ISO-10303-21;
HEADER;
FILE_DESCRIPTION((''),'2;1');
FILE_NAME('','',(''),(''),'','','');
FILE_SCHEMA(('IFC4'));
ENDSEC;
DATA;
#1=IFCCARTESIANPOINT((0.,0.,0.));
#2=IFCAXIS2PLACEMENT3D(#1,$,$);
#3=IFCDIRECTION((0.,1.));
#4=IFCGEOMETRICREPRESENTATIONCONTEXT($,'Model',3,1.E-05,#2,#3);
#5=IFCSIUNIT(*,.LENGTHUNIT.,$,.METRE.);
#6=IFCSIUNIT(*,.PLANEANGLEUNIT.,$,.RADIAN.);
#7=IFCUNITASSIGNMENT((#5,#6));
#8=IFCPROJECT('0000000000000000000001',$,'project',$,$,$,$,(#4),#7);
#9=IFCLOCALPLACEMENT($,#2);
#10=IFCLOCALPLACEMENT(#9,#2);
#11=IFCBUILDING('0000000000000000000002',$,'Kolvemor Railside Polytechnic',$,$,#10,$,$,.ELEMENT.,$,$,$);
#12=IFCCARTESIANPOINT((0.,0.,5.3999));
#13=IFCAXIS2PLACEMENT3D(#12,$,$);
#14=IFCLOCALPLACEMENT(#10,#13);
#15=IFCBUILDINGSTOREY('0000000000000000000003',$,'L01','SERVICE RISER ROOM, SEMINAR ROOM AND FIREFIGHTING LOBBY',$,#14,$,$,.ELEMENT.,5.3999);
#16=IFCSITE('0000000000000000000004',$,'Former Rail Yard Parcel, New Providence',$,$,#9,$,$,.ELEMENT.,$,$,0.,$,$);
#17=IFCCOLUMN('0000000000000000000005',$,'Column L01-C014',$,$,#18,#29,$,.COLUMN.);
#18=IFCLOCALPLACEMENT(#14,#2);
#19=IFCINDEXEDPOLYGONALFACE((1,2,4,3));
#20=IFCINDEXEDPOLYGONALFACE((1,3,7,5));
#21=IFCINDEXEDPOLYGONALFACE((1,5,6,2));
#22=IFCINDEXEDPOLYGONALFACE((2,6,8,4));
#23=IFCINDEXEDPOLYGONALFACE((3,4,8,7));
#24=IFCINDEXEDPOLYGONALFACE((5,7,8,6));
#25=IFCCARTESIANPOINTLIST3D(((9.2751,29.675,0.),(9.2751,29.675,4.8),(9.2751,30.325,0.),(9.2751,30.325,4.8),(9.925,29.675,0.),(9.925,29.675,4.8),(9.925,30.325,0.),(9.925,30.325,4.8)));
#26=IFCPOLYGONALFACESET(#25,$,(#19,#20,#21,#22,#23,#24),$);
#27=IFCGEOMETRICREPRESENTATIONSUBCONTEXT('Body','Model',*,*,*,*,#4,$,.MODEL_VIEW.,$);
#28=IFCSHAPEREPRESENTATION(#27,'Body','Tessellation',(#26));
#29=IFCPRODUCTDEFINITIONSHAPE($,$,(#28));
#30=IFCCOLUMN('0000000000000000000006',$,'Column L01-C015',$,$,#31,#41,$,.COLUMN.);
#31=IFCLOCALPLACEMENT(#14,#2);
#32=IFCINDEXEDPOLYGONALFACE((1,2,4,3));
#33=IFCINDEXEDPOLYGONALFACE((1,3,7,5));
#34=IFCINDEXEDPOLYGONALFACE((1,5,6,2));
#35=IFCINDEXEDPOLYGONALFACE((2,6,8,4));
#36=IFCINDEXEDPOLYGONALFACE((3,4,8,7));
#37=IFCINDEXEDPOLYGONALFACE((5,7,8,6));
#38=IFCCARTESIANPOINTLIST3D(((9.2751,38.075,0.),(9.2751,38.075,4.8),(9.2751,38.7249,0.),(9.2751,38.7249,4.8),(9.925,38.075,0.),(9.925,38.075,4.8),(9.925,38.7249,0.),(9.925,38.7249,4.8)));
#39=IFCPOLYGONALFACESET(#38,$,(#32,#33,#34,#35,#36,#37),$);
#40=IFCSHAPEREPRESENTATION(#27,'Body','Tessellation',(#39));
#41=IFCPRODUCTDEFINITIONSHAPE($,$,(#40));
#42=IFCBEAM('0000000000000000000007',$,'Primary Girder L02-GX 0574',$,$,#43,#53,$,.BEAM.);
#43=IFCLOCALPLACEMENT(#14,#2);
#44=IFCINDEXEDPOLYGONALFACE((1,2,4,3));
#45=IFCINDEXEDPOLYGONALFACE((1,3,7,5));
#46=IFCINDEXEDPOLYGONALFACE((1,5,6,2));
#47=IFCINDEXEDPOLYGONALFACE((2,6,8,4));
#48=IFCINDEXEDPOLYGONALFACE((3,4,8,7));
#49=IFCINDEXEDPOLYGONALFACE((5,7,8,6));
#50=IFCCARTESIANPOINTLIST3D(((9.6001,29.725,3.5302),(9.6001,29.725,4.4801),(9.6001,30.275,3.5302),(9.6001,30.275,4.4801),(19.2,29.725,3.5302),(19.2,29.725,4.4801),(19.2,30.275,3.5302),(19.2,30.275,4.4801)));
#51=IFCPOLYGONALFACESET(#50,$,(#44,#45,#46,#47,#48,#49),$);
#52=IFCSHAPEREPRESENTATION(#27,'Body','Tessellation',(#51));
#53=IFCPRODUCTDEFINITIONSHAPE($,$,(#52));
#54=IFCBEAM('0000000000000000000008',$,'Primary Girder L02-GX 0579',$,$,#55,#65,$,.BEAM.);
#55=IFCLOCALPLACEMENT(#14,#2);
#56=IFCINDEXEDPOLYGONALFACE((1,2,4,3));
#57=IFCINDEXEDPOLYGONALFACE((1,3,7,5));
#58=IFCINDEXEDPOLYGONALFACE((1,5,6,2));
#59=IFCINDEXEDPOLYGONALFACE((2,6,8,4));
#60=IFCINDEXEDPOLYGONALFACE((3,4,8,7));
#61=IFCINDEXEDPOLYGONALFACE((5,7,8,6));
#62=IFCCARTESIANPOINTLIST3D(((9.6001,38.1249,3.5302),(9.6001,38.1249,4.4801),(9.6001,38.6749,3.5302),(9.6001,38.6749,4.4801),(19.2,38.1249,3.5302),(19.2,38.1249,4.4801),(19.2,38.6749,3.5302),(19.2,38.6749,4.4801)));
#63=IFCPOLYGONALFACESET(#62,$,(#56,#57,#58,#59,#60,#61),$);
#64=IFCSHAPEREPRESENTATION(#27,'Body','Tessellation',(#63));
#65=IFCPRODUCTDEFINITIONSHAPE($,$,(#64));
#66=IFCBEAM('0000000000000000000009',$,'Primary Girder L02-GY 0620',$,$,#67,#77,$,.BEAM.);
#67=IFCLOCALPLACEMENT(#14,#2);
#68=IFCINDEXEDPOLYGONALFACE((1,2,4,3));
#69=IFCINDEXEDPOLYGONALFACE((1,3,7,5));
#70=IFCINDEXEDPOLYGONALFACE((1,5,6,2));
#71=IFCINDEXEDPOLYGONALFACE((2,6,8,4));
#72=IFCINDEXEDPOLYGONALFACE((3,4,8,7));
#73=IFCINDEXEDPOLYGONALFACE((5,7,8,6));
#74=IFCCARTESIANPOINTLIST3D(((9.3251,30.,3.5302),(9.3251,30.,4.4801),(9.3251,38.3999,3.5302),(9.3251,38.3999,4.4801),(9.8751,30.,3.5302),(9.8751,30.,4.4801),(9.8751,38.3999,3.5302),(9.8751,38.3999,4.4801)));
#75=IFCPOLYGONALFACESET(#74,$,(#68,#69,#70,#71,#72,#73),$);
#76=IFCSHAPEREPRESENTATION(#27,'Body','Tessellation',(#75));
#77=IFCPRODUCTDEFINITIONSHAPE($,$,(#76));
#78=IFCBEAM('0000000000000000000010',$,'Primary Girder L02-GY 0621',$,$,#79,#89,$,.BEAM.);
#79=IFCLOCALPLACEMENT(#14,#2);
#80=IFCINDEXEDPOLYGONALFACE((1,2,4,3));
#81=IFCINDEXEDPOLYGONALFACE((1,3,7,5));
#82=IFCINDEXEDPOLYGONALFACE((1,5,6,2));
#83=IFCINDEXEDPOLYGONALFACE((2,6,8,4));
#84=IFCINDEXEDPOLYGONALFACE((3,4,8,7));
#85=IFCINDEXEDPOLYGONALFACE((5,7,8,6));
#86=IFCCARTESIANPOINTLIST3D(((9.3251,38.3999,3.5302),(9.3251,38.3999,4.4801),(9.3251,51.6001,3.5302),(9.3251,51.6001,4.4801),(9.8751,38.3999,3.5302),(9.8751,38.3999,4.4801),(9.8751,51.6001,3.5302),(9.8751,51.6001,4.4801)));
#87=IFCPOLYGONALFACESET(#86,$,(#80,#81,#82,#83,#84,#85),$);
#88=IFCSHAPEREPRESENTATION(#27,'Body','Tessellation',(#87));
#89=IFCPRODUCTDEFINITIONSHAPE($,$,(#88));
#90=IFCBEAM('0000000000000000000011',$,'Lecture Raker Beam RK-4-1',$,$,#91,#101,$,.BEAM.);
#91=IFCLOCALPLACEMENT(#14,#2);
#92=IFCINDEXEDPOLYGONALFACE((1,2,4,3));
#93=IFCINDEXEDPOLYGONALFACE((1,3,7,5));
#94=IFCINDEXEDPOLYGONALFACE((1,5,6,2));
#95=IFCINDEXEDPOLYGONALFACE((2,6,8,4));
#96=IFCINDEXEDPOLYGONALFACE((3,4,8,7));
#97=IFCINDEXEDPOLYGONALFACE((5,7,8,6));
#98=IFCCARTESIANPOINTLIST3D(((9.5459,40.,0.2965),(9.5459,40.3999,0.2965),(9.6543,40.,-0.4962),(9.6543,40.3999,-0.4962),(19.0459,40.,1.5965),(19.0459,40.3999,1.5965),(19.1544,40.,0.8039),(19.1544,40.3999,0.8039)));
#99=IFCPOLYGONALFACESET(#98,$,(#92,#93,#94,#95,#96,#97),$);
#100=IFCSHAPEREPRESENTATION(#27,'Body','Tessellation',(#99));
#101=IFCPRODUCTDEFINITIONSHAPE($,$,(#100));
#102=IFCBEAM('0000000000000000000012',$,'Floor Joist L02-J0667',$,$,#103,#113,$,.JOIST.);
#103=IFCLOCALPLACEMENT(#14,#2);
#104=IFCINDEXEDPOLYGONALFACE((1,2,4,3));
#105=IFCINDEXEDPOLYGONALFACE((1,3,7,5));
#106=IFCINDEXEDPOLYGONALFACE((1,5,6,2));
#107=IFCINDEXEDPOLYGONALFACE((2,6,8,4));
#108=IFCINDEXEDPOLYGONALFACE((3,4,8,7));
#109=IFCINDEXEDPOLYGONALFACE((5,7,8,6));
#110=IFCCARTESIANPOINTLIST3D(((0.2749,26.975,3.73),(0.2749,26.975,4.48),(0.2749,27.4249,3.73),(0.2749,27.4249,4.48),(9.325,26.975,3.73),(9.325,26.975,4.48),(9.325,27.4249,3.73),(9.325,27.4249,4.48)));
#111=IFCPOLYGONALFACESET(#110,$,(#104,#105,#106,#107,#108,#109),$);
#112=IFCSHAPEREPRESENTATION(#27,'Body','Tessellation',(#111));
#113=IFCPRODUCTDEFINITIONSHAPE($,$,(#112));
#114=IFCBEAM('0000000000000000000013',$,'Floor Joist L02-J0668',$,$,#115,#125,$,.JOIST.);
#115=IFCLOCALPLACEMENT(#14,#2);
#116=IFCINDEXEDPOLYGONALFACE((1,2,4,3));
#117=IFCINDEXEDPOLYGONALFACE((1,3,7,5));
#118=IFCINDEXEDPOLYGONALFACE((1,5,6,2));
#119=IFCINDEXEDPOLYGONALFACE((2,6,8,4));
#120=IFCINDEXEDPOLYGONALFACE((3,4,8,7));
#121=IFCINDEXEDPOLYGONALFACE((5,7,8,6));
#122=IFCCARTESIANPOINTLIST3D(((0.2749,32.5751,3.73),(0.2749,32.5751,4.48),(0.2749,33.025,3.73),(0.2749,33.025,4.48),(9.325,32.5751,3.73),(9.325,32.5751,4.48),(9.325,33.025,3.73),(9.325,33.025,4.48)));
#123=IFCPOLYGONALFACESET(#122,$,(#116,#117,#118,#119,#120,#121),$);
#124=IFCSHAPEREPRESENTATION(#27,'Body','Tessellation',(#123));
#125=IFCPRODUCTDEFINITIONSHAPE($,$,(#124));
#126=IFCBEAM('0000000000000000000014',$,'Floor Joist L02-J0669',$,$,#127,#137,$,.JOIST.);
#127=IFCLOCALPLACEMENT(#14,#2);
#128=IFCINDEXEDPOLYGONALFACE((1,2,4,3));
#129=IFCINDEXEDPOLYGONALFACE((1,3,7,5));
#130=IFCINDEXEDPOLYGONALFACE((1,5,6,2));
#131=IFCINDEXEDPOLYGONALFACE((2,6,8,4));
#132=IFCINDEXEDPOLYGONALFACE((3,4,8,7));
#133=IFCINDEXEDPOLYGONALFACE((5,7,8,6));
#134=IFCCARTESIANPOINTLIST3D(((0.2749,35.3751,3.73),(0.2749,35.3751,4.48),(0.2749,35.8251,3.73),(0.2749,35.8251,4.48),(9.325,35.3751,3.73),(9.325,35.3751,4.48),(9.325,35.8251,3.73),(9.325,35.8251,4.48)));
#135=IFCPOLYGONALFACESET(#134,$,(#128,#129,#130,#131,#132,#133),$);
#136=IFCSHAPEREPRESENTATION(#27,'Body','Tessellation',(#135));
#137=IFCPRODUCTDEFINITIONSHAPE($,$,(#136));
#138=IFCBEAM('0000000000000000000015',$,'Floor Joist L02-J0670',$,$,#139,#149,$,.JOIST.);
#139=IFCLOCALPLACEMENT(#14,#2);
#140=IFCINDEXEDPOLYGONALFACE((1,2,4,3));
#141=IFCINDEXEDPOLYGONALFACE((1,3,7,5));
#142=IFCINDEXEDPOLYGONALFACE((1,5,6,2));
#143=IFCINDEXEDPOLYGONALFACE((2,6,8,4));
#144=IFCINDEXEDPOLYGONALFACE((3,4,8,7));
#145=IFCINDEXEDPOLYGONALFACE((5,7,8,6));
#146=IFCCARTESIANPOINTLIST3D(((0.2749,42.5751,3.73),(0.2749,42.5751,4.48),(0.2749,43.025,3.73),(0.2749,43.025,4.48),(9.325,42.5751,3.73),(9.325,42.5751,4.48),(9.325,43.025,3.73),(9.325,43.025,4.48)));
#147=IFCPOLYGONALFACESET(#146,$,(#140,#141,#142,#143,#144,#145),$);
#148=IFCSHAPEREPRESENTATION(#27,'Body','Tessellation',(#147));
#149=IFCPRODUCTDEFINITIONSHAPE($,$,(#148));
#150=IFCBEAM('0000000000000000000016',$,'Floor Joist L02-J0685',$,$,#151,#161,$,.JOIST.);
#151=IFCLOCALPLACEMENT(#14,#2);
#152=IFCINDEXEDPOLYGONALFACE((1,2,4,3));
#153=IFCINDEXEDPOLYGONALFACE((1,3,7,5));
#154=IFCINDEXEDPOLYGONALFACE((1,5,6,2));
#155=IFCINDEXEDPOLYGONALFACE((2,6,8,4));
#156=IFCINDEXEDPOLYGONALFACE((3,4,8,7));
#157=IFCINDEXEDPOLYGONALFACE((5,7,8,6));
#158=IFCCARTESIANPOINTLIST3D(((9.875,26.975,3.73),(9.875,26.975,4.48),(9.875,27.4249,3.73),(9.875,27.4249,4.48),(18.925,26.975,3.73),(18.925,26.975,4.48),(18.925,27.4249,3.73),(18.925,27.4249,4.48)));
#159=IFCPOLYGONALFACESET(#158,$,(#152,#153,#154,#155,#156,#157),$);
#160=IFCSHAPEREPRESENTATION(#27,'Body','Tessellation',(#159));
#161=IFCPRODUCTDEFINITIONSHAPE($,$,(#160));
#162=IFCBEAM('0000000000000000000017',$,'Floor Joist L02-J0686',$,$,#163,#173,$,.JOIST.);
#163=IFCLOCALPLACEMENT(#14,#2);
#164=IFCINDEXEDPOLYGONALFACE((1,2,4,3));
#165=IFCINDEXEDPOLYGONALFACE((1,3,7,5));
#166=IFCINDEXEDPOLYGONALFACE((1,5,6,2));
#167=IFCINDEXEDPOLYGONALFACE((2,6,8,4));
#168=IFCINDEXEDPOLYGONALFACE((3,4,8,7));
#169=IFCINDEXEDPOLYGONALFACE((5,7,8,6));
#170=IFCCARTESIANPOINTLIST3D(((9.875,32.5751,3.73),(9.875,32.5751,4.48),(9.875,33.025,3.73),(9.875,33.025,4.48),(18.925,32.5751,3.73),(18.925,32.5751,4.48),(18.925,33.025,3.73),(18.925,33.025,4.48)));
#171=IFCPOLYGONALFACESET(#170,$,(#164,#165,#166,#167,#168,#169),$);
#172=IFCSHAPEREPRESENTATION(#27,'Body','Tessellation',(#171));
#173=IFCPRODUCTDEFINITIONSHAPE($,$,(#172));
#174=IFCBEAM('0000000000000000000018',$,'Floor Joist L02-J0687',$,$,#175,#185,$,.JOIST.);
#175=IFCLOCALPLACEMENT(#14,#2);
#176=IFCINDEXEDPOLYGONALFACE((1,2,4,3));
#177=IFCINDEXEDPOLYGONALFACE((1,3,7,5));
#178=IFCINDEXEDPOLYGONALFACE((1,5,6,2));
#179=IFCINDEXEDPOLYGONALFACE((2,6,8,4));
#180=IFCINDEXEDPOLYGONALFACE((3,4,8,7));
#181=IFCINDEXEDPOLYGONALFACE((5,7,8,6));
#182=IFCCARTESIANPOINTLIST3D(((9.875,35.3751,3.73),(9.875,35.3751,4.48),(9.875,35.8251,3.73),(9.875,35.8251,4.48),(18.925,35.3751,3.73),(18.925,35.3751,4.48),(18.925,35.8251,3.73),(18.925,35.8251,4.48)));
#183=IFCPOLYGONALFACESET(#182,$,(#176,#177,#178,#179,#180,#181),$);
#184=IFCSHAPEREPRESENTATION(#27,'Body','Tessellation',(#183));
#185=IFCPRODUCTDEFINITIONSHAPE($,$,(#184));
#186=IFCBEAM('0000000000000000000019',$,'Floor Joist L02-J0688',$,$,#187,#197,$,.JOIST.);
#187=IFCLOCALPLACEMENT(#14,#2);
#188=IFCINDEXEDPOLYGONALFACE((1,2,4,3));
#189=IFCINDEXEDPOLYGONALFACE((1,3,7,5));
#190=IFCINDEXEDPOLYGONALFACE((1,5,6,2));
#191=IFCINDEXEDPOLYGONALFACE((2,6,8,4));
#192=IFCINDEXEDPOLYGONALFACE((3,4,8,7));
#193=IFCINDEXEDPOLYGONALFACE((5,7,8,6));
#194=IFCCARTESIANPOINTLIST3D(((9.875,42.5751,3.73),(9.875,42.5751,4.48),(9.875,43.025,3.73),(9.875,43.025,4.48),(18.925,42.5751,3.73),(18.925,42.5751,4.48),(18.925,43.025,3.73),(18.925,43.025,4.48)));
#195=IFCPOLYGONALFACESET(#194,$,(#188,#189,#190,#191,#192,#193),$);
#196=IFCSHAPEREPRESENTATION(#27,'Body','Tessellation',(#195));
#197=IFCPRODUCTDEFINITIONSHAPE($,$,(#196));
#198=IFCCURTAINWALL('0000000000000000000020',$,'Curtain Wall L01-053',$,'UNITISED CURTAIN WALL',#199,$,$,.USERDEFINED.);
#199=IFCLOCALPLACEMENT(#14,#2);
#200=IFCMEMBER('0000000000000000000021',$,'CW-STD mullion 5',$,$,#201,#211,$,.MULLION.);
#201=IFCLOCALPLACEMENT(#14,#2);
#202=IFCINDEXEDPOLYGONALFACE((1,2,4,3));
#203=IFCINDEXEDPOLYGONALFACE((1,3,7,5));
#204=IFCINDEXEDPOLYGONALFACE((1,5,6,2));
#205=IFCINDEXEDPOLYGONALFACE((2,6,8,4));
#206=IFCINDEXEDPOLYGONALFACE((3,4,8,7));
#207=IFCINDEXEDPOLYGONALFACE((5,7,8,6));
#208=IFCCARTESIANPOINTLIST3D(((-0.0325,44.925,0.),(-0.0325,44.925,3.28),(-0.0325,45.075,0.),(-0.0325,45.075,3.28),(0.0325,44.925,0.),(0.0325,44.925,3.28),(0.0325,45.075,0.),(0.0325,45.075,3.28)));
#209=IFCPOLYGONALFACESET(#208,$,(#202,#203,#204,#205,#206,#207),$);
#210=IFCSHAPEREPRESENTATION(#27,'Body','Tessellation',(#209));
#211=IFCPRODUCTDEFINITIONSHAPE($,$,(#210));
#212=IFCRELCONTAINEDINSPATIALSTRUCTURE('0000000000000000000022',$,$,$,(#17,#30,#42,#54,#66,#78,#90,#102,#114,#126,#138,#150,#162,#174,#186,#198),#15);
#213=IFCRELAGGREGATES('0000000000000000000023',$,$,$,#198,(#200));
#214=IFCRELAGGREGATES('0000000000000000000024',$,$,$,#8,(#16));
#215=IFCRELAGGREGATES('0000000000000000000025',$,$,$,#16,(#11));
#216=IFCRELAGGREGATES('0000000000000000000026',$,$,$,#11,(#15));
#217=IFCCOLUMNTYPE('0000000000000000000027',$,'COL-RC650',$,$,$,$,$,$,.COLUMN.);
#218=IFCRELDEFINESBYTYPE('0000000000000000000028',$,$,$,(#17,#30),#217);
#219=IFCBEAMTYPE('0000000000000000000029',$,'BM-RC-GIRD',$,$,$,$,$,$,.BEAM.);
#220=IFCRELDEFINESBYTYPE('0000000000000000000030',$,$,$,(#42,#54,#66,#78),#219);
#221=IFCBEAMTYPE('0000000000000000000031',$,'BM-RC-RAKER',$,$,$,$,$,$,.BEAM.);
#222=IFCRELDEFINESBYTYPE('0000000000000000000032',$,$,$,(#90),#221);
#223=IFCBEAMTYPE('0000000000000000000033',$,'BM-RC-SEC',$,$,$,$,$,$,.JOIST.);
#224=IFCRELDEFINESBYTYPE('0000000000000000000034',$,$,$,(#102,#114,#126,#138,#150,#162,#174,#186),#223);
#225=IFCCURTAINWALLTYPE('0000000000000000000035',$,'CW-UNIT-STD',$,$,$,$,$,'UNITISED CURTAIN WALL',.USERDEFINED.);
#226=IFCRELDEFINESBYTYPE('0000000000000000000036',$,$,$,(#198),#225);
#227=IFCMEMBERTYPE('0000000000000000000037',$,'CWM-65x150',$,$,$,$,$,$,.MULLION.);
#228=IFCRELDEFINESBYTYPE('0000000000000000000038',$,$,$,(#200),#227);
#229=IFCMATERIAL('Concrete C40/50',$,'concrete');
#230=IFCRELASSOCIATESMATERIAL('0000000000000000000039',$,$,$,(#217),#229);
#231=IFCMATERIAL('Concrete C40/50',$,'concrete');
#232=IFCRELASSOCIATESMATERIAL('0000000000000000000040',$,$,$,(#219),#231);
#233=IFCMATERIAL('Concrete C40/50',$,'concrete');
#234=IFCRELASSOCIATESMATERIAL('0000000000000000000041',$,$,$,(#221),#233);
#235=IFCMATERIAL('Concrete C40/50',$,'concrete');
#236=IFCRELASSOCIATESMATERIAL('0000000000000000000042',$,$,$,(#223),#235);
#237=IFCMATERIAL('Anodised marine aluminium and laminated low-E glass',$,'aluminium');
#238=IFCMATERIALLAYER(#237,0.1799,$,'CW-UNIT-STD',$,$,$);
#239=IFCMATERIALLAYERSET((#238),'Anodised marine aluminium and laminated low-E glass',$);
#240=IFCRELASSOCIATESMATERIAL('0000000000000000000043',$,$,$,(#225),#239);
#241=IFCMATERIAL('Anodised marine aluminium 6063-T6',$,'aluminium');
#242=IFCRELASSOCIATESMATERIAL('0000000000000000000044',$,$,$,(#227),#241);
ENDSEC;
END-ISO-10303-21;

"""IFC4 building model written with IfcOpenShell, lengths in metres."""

from ifc_helpers import new_model, si_unit, direction, frame, origin, origin_2d, place, context, subcontext, project, spatial, rectangle, extrude, material, layer, layer_set, material_profile, profile_set, type_object, element, aggregate, save


model = new_model("IFC4")

# Units and contexts
model_context = context("Model", 3, precision=1e-05, world=origin(), true_north=direction((0.0, 1.0)))
body_context = subcontext(model_context, "Body", "Model", "MODEL_VIEW")
ifc_project = project(units=[si_unit("LENGTHUNIT", "METRE"), si_unit("PLANEANGLEUNIT", "RADIAN")], contexts=[model_context])

# Site, building, storey
site_placement = place(None, origin())
site = spatial("IfcSite", under=ifc_project, at=site_placement, Name="Former Rail Yard Parcel, New Providence", CompositionType="ELEMENT", RefElevation=0.0)
building_placement = place(site_placement, origin())
building = spatial("IfcBuilding", under=site, at=building_placement, Name="Kolvemor Railside Polytechnic", CompositionType="ELEMENT")
storey_placement = place(building_placement, frame((0.0, 0.0, 5.3999)))
storey = spatial("IfcBuildingStorey", under=building, at=storey_placement, Name="L01", Description="SERVICE RISER ROOM, SEMINAR ROOM AND FIREFIGHTING LOBBY", CompositionType="ELEMENT", Elevation=5.3999)

# Columns
ifc_material_1 = material(Name="Concrete C40/50", Category="concrete")
ifc_material_profile_1 = material_profile(ifc_material_1, rectangle(XDim=0.6499, YDim=0.6499, at=origin_2d()), Name="RC650x650")
ifc_profile_set_1 = profile_set([ifc_material_profile_1], Name="Concrete C40/50")
column_type = type_object("IfcColumnType", Name="COL-RC650", PredefinedType="COLUMN", material=ifc_profile_set_1)
for number, where, z_axis, x_axis, name in (
    (1, (9.6001, 30.0, 0.0), (0.0, 0.0, 1.0), (1.0, 0.0, 0.0), "Column L01-C014"),
    (2, (9.6001, 38.3999, 0.0), (0.0, 0.0, 1.0), (1.0, 0.0, 0.0), "Column L01-C015"),
):
    element("IfcColumn", number, at=place(storey_placement, frame(where, z_axis=z_axis, x_axis=x_axis)), inside=storey, type_object=column_type, Name=name, PredefinedType="COLUMN", context=body_context, shape_type="SweptSolid", body=[
        extrude(rectangle(XDim=0.6499, YDim=0.6499, at=origin_2d()), origin(), (0.0, 0.0, 1.0), 4.8),
    ])

# Beams
ifc_material_2 = material(Name="Concrete C40/50", Category="concrete")
ifc_material_profile_2 = material_profile(ifc_material_2, rectangle(XDim=0.55, YDim=0.95, at=origin_2d()), Name="RC550x950")
ifc_profile_set_2 = profile_set([ifc_material_profile_2], Name="Concrete C40/50")
beam_type_1 = type_object("IfcBeamType", Name="BM-RC-GIRD", PredefinedType="BEAM", material=ifc_profile_set_2)
for number, where, z_axis, x_axis, name in (
    (3, (9.6001, 30.0, 4.0051), (1.0, 0.0, 0.0), (0.0, 1.0, 0.0), "Primary Girder L02-GX 0574"),
    (4, (9.6001, 38.3999, 4.0051), (1.0, 0.0, 0.0), (0.0, 1.0, 0.0), "Primary Girder L02-GX 0579"),
):
    element("IfcBeam", number, at=place(storey_placement, frame(where, z_axis=z_axis, x_axis=x_axis)), inside=storey, type_object=beam_type_1, Name=name, PredefinedType="BEAM", context=body_context, shape_type="SweptSolid", body=[
        extrude(rectangle(XDim=0.55, YDim=0.95, at=origin_2d()), origin(), (0.0, 0.0, 1.0), 9.5999),
    ])
beam_1_placement = place(storey_placement, frame((9.6001, 30.0, 4.0051), z_axis=(0.0, 1.0, 0.0), x_axis=(-1.0, 0.0, 0.0)))
element("IfcBeam", 5, at=beam_1_placement, inside=storey, type_object=beam_type_1, Name="Primary Girder L02-GY 0620", PredefinedType="BEAM", context=body_context, shape_type="SweptSolid", body=[
    extrude(rectangle(XDim=0.55, YDim=0.95, at=origin_2d()), origin(), (0.0, 0.0, 1.0), 8.3999),
])
beam_2_placement = place(storey_placement, frame((9.6001, 38.3999, 4.0051), z_axis=(0.0, 1.0, 0.0), x_axis=(-1.0, 0.0, 0.0)))
element("IfcBeam", 6, at=beam_2_placement, inside=storey, type_object=beam_type_1, Name="Primary Girder L02-GY 0621", PredefinedType="BEAM", context=body_context, shape_type="SweptSolid", body=[
    extrude(rectangle(XDim=0.55, YDim=0.95, at=origin_2d()), origin(), (0.0, 0.0, 1.0), 13.2002),
])
ifc_material_3 = material(Name="Concrete C40/50", Category="concrete")
ifc_material_profile_3 = material_profile(ifc_material_3, rectangle(XDim=0.3999, YDim=0.8, at=origin_2d()), Name="RC400x800")
ifc_profile_set_3 = profile_set([ifc_material_profile_3], Name="Concrete C40/50")
beam_type_2 = type_object("IfcBeamType", Name="BM-RC-RAKER", PredefinedType="BEAM", material=ifc_profile_set_3)
beam_3_placement = place(storey_placement, frame((9.6001, 40.2, -0.0999), z_axis=(0.990766, 0.0, 0.135584), x_axis=(0.0, 1.0, 0.0)))
element("IfcBeam", 7, at=beam_3_placement, inside=storey, type_object=beam_type_2, Name="Lecture Raker Beam RK-4-1", PredefinedType="BEAM", context=body_context, shape_type="SweptSolid", body=[
    extrude(rectangle(XDim=0.3999, YDim=0.8, at=origin_2d()), origin(), (0.0, 0.0, 1.0), 9.5886),
])
ifc_material_4 = material(Name="Concrete C40/50", Category="concrete")
ifc_material_profile_4 = material_profile(ifc_material_4, rectangle(XDim=0.45, YDim=0.75, at=origin_2d()), Name="RC450x750")
ifc_profile_set_4 = profile_set([ifc_material_profile_4], Name="Concrete C40/50")
beam_type_3 = type_object("IfcBeamType", Name="BM-RC-SEC", PredefinedType="JOIST", material=ifc_profile_set_4)
for number, where, z_axis, x_axis, name in (
    (8, (0.2749, 27.2, 4.105), (1.0, 0.0, 0.0), (0.0, 1.0, 0.0), "Floor Joist L02-J0667"),
    (9, (0.2749, 32.8, 4.105), (1.0, 0.0, 0.0), (0.0, 1.0, 0.0), "Floor Joist L02-J0668"),
    (10, (0.2749, 35.6001, 4.105), (1.0, 0.0, 0.0), (0.0, 1.0, 0.0), "Floor Joist L02-J0669"),
    (11, (0.2749, 42.8, 4.105), (1.0, 0.0, 0.0), (0.0, 1.0, 0.0), "Floor Joist L02-J0670"),
    (12, (9.875, 27.2, 4.105), (1.0, 0.0, 0.0), (0.0, 1.0, 0.0), "Floor Joist L02-J0685"),
    (13, (9.875, 32.8, 4.105), (1.0, 0.0, 0.0), (0.0, 1.0, 0.0), "Floor Joist L02-J0686"),
    (14, (9.875, 35.6001, 4.105), (1.0, 0.0, 0.0), (0.0, 1.0, 0.0), "Floor Joist L02-J0687"),
    (15, (9.875, 42.8, 4.105), (1.0, 0.0, 0.0), (0.0, 1.0, 0.0), "Floor Joist L02-J0688"),
):
    element("IfcBeam", number, at=place(storey_placement, frame(where, z_axis=z_axis, x_axis=x_axis)), inside=storey, type_object=beam_type_3, Name=name, PredefinedType="JOIST", context=body_context, shape_type="SweptSolid", body=[
        extrude(rectangle(XDim=0.45, YDim=0.75, at=origin_2d()), origin(), (0.0, 0.0, 1.0), 9.05),
    ])

# Curtain wall, member
ifc_material_5 = material(Name="Anodised marine aluminium and laminated low-E glass", Category="aluminium")
ifc_layer_1 = layer(ifc_material_5, 0.1799, Name="CW-UNIT-STD")
ifc_layer_set_1 = layer_set([ifc_layer_1], Name="Anodised marine aluminium and laminated low-E glass")
curtain_wall_type = type_object("IfcCurtainWallType", Name="CW-UNIT-STD", ElementType="UNITISED CURTAIN WALL", PredefinedType="USERDEFINED", material=ifc_layer_set_1)
curtain_wall_placement = place(storey_placement, origin())
curtain_wall = element("IfcCurtainWall", 16, at=curtain_wall_placement, inside=storey, type_object=curtain_wall_type, Name="Curtain Wall L01-053", ObjectType="UNITISED CURTAIN WALL", PredefinedType="USERDEFINED")
ifc_material_6 = material(Name="Anodised marine aluminium 6063-T6", Category="aluminium")
ifc_material_profile_5 = material_profile(ifc_material_6, rectangle(XDim=0.0649, YDim=0.1499, at=origin_2d()), Name="CW-MUL-65x150")
ifc_profile_set_5 = profile_set([ifc_material_profile_5], Name="Anodised marine aluminium 6063-T6")
member_type = type_object("IfcMemberType", Name="CWM-65x150", PredefinedType="MULLION", material=ifc_profile_set_5)
member_placement = place(storey_placement, frame((0.0, 45.0, 0.0), z_axis=(0.0, 0.0, 1.0), x_axis=(1.0, 0.0, 0.0)))
member = element("IfcMember", 17, at=member_placement, type_object=member_type, Name="CW-STD mullion 5", PredefinedType="MULLION", context=body_context, shape_type="SweptSolid", body=[
    extrude(rectangle(XDim=0.0649, YDim=0.1499, at=origin_2d()), origin(), (0.0, 0.0, 1.0), 3.28),
])
aggregate(curtain_wall, [member])

save(model, "model.ifc")
